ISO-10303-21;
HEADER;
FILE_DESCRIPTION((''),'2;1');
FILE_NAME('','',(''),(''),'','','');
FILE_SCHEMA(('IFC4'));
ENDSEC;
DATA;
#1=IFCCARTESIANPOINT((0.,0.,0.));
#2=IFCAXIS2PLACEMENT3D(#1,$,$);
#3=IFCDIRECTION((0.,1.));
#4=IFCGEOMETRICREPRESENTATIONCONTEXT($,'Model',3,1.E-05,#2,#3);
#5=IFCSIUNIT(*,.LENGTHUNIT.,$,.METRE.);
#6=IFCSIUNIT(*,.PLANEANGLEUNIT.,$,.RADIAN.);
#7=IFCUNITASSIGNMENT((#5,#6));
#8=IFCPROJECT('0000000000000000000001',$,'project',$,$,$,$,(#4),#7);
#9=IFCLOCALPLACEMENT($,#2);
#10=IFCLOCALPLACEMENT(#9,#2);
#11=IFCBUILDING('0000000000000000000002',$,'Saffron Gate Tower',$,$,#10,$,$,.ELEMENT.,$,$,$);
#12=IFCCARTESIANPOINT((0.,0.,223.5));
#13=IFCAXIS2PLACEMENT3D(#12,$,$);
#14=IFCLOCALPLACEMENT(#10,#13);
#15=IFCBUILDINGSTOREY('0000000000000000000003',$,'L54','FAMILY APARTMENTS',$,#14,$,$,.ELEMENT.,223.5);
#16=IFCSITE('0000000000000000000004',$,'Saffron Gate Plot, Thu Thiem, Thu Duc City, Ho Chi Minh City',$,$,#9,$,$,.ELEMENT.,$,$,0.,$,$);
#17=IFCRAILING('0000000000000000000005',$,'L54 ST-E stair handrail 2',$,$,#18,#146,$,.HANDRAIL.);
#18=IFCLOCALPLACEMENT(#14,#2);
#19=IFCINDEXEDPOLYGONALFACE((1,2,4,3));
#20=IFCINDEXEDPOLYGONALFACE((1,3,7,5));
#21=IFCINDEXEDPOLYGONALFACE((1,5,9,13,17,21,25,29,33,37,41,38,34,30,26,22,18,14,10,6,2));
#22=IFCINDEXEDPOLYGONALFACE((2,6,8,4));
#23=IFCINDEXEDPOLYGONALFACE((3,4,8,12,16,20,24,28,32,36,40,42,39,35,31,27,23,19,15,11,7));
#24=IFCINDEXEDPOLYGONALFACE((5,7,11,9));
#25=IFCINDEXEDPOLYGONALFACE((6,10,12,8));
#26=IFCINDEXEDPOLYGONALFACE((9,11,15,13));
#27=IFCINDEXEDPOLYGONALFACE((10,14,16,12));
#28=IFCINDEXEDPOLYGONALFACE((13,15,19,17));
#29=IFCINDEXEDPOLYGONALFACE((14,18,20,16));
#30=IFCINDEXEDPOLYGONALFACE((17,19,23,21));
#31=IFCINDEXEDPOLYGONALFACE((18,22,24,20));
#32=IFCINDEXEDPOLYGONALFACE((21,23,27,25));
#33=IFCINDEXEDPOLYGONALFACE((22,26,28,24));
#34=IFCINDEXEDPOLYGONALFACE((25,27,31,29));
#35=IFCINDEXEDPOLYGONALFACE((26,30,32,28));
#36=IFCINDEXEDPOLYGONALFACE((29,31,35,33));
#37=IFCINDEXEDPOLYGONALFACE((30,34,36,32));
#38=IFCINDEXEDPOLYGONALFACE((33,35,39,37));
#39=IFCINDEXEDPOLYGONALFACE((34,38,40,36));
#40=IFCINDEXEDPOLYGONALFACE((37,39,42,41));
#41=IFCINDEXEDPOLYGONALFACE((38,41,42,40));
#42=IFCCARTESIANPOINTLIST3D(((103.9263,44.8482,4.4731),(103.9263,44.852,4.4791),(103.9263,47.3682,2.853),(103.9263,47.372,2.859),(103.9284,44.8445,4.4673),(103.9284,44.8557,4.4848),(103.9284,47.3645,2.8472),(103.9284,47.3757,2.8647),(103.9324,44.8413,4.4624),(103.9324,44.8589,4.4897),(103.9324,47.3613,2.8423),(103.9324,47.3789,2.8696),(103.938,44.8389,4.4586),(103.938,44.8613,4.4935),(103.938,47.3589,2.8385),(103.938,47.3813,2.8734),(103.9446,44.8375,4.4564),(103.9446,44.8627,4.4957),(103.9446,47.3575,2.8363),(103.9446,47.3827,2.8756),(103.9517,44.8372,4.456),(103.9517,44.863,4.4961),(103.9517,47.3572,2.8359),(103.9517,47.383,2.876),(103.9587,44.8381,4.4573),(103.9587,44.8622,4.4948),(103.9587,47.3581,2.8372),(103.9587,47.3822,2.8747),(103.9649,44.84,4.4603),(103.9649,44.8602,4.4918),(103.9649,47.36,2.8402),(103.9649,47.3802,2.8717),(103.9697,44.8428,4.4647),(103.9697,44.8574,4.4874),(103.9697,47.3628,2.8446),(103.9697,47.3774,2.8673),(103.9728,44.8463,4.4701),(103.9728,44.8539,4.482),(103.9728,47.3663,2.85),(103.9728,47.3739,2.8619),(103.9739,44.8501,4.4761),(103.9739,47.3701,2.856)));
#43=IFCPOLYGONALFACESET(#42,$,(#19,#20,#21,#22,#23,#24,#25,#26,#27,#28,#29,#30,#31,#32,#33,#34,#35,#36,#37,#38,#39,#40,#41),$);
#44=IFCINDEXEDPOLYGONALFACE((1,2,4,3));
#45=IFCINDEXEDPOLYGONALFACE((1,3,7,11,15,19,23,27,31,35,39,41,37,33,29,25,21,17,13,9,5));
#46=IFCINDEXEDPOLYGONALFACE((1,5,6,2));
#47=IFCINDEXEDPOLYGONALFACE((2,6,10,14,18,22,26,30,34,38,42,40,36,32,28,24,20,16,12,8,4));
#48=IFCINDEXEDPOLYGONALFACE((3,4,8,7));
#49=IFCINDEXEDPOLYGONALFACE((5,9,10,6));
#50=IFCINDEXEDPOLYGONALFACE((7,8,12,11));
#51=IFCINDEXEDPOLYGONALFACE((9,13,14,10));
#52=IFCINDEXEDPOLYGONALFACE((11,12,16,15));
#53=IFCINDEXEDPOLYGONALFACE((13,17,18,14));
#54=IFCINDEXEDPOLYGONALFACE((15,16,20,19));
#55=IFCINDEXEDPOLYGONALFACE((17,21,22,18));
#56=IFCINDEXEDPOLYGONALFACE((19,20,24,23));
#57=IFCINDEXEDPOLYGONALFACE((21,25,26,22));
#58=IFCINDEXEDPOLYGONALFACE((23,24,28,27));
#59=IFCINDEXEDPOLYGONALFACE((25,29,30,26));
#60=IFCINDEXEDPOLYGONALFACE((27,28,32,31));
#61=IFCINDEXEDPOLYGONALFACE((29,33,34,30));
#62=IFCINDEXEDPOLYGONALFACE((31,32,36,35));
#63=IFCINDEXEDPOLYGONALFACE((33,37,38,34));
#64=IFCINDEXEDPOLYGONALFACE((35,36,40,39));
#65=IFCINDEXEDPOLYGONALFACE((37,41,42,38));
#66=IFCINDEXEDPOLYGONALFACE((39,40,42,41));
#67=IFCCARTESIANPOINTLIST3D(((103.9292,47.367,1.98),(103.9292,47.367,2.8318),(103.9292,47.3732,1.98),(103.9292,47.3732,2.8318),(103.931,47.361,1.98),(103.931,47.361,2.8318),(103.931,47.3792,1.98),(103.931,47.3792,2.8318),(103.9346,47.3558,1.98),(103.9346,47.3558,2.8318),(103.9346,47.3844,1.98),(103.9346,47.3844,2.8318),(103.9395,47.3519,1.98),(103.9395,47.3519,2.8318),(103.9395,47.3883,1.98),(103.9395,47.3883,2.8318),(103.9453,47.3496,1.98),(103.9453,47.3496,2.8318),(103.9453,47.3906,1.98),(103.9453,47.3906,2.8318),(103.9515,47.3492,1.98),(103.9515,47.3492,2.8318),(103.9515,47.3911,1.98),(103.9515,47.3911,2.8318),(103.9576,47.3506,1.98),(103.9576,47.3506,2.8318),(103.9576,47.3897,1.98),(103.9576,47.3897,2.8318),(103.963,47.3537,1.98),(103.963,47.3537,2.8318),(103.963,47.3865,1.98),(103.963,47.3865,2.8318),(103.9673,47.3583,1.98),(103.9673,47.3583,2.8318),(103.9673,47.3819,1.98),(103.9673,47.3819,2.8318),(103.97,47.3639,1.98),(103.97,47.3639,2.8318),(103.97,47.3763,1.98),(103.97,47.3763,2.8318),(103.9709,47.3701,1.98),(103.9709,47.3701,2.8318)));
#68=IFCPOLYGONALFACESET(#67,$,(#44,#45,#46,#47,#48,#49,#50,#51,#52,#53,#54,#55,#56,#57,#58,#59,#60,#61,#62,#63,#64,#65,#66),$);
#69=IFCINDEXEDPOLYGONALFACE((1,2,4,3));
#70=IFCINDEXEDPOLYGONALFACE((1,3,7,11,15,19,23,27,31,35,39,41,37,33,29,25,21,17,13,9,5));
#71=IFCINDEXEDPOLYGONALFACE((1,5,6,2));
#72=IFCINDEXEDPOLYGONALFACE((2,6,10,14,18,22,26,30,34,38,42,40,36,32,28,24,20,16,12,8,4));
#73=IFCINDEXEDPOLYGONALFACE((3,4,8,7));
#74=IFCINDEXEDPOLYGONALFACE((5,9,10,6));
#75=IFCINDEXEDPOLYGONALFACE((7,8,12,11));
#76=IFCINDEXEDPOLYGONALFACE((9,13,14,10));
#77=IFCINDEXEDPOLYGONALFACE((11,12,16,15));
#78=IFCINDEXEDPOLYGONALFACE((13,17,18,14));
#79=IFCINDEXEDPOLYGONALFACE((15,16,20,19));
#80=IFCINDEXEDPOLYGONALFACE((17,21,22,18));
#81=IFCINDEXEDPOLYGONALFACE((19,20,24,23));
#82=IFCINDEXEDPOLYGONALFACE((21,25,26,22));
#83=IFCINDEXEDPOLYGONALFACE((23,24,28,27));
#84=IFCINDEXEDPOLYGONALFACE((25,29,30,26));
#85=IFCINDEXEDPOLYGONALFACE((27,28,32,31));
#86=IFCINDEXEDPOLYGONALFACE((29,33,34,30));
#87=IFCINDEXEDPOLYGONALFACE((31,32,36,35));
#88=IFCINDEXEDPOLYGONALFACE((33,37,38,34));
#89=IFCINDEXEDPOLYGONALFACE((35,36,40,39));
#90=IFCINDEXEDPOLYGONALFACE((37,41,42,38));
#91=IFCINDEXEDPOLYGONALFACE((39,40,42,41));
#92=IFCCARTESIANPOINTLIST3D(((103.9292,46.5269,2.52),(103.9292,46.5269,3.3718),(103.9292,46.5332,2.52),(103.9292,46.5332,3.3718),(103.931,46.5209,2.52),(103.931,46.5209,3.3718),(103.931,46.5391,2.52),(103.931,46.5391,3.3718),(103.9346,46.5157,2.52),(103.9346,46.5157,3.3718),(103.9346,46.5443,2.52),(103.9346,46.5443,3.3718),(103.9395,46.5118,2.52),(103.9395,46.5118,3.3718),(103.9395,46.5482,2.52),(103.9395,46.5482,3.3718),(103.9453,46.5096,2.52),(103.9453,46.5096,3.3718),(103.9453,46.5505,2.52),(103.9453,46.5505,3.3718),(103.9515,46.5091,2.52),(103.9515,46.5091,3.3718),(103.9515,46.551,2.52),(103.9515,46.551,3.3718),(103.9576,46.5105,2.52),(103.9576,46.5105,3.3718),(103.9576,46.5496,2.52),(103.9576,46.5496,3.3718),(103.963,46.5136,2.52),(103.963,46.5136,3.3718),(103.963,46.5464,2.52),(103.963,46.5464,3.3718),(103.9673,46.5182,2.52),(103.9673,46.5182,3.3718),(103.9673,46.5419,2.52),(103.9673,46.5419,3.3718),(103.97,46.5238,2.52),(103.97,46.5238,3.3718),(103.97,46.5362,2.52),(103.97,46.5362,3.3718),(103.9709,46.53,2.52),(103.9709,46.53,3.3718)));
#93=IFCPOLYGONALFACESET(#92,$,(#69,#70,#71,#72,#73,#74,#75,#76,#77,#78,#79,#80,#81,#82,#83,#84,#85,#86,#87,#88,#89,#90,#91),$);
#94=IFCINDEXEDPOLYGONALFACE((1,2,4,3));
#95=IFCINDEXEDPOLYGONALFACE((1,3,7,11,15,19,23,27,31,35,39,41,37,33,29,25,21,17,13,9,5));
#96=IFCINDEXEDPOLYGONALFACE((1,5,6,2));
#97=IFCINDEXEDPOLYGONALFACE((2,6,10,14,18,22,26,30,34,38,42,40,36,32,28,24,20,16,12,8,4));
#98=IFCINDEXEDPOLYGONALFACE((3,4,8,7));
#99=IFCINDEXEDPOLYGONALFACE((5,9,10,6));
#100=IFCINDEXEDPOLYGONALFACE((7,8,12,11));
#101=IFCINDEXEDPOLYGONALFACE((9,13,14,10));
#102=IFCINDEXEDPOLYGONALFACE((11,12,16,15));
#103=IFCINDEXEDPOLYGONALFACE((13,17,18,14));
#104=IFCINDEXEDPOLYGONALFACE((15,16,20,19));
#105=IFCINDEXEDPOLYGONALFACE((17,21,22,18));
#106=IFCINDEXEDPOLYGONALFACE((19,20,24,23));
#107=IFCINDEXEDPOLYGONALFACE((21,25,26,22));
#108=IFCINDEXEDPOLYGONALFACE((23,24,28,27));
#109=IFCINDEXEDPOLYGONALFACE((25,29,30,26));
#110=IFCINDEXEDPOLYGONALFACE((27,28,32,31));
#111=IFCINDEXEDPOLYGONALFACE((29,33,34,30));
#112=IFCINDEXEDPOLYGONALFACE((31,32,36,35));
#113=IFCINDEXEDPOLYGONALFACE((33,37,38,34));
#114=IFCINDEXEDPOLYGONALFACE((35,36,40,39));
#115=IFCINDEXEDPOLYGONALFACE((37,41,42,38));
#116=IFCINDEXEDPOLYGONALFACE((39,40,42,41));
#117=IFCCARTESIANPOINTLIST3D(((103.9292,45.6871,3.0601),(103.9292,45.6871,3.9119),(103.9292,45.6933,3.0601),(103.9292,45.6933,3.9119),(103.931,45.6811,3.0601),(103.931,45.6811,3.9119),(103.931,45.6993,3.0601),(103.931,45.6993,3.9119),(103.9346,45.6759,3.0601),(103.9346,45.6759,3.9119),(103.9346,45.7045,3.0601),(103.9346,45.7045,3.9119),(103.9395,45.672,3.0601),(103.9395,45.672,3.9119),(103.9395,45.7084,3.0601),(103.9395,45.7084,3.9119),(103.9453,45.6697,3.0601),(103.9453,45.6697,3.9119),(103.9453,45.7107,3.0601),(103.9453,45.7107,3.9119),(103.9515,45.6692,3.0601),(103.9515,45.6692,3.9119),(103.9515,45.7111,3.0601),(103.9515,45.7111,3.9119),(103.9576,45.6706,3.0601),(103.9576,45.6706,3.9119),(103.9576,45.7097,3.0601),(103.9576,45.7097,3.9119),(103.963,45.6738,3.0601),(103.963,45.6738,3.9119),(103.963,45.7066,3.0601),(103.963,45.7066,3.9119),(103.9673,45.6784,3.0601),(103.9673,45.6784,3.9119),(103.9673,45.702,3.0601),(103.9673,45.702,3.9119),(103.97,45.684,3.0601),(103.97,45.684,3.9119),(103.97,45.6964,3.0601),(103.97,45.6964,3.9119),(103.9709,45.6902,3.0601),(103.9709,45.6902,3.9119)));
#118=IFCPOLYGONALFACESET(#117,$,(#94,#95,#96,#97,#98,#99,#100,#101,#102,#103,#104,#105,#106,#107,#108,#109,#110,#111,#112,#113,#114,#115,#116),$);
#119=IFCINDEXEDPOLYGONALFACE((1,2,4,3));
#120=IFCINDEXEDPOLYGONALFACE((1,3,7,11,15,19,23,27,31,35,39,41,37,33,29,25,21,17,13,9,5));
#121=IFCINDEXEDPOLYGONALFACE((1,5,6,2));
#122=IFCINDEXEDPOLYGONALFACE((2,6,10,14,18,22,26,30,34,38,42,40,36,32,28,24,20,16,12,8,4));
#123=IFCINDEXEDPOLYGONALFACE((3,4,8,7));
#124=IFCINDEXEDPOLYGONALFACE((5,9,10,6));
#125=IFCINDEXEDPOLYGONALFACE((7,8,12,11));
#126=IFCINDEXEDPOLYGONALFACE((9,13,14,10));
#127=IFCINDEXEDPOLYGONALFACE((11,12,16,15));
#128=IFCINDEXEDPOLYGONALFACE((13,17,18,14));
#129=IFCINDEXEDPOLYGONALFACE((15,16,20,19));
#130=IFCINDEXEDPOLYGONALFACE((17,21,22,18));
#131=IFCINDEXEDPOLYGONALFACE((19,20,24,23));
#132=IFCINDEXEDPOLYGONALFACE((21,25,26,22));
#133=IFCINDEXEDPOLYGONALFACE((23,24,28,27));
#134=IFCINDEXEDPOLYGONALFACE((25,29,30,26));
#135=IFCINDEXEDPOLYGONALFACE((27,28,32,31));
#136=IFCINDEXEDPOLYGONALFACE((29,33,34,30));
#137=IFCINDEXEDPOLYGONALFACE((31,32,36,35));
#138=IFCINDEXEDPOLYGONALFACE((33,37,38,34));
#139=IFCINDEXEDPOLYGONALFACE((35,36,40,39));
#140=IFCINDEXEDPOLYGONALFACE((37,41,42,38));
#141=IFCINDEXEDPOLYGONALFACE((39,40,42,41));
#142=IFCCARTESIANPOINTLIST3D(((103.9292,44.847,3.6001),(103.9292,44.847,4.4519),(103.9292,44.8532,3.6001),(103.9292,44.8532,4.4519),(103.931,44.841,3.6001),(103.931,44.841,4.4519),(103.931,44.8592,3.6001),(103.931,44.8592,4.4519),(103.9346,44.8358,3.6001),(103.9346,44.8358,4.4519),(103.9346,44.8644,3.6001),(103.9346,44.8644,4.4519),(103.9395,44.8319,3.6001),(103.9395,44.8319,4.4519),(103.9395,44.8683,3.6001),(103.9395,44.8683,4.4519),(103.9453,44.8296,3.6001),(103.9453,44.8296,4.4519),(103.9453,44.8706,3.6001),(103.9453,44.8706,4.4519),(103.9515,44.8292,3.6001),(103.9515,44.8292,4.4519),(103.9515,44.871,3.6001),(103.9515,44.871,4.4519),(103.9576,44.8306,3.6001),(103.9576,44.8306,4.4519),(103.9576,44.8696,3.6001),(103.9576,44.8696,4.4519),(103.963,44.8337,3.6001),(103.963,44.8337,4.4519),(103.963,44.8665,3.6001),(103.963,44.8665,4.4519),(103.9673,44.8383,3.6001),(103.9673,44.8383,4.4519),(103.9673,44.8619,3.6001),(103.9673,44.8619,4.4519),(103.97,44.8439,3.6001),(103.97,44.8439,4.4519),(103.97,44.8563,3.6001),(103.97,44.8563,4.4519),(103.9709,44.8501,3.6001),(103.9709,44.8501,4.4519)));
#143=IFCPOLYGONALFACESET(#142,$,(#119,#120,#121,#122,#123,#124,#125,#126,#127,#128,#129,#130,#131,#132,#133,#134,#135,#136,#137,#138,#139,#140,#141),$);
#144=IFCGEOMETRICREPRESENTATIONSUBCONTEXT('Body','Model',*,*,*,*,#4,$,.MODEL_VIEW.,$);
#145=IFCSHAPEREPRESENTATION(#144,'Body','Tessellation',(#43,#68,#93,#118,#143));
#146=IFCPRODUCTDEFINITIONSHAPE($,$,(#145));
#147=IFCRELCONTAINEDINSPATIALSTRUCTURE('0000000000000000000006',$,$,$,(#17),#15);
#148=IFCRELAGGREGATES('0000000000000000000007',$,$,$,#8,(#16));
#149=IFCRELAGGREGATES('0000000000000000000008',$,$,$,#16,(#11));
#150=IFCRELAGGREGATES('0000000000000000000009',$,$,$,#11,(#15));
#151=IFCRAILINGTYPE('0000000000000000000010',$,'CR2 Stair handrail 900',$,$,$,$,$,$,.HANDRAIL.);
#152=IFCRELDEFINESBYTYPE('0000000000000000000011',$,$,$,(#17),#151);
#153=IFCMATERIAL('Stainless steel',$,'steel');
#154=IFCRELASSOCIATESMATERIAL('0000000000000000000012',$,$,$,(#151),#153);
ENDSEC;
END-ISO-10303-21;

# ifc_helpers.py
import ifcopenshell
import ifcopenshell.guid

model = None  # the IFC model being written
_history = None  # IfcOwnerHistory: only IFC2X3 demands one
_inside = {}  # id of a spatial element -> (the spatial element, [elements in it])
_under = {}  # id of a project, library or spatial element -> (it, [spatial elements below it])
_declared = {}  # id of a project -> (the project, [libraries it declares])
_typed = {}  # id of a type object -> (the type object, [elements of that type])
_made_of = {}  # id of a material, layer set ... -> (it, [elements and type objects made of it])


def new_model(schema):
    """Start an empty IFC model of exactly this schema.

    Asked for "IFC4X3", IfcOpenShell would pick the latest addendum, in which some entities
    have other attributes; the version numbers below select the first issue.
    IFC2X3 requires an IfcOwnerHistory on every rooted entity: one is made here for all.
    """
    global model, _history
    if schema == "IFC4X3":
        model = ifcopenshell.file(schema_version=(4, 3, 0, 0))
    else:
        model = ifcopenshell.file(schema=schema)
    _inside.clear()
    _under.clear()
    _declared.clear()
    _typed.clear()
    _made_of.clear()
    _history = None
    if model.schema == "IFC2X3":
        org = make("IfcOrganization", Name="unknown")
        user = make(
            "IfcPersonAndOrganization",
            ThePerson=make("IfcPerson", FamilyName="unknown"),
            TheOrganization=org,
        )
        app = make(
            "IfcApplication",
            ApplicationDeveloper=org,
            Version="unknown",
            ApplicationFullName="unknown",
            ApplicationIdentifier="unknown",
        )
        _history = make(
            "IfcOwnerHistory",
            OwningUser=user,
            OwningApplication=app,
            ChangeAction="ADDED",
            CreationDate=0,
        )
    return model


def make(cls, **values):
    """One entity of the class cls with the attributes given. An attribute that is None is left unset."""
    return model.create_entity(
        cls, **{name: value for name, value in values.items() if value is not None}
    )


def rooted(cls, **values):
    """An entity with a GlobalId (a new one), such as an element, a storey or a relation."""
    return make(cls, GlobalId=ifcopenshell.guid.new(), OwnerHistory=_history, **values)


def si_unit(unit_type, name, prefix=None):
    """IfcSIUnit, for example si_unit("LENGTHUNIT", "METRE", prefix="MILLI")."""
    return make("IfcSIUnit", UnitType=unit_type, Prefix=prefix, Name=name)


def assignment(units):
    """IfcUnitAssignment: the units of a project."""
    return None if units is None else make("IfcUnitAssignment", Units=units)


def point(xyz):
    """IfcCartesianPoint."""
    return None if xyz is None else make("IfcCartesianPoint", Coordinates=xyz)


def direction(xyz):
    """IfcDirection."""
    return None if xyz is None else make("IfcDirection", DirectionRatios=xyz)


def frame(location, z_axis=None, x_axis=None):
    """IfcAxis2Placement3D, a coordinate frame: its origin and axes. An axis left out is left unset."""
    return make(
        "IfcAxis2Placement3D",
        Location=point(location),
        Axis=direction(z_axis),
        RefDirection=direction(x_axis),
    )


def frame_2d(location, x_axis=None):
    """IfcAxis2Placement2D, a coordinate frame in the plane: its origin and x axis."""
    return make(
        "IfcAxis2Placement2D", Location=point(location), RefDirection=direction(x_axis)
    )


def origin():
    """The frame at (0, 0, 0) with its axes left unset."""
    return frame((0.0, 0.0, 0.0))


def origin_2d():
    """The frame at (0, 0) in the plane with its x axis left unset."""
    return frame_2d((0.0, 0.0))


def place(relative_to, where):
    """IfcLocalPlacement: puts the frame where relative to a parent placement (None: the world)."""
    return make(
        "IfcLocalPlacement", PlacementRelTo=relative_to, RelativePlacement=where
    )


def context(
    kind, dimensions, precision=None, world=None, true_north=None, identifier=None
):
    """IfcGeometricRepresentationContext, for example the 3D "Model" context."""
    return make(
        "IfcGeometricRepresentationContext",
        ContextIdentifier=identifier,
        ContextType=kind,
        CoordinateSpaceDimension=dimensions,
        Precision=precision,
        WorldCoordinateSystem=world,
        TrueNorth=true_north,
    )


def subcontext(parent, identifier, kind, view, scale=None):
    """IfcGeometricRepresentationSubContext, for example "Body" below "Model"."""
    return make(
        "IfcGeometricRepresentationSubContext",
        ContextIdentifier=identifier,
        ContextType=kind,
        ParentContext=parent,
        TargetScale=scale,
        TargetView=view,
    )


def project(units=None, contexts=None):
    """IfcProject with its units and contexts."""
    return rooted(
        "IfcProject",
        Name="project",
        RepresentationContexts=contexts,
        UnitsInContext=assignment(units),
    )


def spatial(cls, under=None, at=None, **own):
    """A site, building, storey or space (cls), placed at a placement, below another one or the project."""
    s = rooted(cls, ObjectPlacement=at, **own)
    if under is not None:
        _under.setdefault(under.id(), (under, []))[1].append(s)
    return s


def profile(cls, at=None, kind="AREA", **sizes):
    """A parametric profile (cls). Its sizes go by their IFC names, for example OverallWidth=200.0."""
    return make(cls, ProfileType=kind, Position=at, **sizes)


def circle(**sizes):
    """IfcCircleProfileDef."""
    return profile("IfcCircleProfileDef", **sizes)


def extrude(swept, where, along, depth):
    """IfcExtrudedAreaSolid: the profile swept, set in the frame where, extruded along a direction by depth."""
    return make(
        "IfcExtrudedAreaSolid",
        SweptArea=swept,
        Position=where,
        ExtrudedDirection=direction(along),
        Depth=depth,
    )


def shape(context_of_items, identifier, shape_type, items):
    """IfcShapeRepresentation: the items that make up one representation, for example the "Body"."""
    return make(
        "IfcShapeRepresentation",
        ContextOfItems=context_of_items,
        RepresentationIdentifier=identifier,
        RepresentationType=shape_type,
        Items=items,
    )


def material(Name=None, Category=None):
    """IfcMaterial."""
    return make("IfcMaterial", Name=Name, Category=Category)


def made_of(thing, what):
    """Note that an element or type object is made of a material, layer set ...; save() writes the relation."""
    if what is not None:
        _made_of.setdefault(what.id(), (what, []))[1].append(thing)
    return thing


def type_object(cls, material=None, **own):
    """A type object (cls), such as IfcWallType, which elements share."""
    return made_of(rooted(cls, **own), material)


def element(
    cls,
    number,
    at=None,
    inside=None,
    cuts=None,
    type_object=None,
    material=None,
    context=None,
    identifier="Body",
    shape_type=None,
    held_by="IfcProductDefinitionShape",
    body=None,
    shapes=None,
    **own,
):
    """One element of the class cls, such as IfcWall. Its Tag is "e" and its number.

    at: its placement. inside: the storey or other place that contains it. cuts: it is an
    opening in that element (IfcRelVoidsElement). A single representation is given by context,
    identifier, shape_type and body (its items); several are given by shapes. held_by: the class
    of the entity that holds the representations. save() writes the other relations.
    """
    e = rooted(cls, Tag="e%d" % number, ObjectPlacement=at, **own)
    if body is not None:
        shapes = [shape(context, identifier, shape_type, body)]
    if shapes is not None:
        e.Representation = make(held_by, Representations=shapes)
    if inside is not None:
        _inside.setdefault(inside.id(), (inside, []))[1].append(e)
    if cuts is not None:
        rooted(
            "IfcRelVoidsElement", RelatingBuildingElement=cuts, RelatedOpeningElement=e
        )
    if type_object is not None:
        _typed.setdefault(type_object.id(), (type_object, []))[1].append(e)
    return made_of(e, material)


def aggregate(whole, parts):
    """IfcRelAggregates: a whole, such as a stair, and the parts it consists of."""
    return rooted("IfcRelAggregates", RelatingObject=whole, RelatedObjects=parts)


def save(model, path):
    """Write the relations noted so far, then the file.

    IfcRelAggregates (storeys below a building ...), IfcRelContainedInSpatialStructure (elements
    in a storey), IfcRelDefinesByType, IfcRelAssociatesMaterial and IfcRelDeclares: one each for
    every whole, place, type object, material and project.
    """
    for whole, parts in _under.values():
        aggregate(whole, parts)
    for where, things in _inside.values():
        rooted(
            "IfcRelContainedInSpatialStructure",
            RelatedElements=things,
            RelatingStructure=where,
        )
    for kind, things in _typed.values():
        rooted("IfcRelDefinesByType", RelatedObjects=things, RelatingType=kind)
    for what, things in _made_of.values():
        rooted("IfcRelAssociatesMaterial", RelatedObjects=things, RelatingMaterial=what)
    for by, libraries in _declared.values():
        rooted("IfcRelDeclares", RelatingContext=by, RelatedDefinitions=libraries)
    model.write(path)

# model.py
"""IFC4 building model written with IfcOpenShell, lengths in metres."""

from ifc_helpers import new_model, si_unit, direction, frame, origin, origin_2d, place, context, subcontext, project, spatial, circle, extrude, material, type_object, element, save


model = new_model("IFC4")

# Units and contexts
model_context = context("Model", 3, precision=1e-05, world=origin(), true_north=direction((0.0, 1.0)))
body_context = subcontext(model_context, "Body", "Model", "MODEL_VIEW")
ifc_project = project(units=[si_unit("LENGTHUNIT", "METRE"), si_unit("PLANEANGLEUNIT", "RADIAN")], contexts=[model_context])

# Site, building, storey
site_placement = place(None, origin())
site = spatial("IfcSite", under=ifc_project, at=site_placement, Name="Saffron Gate Plot, Thu Thiem, Thu Duc City, Ho Chi Minh City", CompositionType="ELEMENT", RefElevation=0.0)
building_placement = place(site_placement, origin())
building = spatial("IfcBuilding", under=site, at=building_placement, Name="Saffron Gate Tower", CompositionType="ELEMENT")
storey_placement = place(building_placement, frame((0.0, 0.0, 223.5)))
storey = spatial("IfcBuildingStorey", under=building, at=storey_placement, Name="L54", Description="FAMILY APARTMENTS", CompositionType="ELEMENT", Elevation=223.5)

# Railing
ifc_material_1 = material(Name="Stainless steel", Category="steel")
railing_type_1 = type_object("IfcRailingType", Name="CR2 Stair handrail 900", PredefinedType="HANDRAIL", material=ifc_material_1)
railing_1_placement = place(storey_placement, frame((103.95, 47.3701, 1.98)))
element("IfcRailing", 1, at=railing_1_placement, inside=storey, type_object=railing_type_1, Name="L54 ST-E stair handrail 2", PredefinedType="HANDRAIL", context=body_context, shape_type="SweptSolid", body=[
    extrude(circle(Radius=0.0239, at=origin_2d()), frame((0.0, 0.0, 0.876), z_axis=(0.0, -0.841163, 0.540782), x_axis=(1.0, 0.0, 0.0)), (0.0, 0.0, 1.0), 2.9958),
    extrude(circle(Radius=0.021, at=origin_2d()), origin(), (0.0, 0.0, 1.0), 0.8518),
    extrude(circle(Radius=0.021, at=origin_2d()), frame((0.0, -0.8401, 0.54)), (0.0, 0.0, 1.0), 0.8518),
    extrude(circle(Radius=0.021, at=origin_2d()), frame((0.0, -1.6799, 1.0801)), (0.0, 0.0, 1.0), 0.8518),
    extrude(circle(Radius=0.021, at=origin_2d()), frame((0.0, -2.52, 1.6201)), (0.0, 0.0, 1.0), 0.8518),
])

save(model, "model.ifc")
